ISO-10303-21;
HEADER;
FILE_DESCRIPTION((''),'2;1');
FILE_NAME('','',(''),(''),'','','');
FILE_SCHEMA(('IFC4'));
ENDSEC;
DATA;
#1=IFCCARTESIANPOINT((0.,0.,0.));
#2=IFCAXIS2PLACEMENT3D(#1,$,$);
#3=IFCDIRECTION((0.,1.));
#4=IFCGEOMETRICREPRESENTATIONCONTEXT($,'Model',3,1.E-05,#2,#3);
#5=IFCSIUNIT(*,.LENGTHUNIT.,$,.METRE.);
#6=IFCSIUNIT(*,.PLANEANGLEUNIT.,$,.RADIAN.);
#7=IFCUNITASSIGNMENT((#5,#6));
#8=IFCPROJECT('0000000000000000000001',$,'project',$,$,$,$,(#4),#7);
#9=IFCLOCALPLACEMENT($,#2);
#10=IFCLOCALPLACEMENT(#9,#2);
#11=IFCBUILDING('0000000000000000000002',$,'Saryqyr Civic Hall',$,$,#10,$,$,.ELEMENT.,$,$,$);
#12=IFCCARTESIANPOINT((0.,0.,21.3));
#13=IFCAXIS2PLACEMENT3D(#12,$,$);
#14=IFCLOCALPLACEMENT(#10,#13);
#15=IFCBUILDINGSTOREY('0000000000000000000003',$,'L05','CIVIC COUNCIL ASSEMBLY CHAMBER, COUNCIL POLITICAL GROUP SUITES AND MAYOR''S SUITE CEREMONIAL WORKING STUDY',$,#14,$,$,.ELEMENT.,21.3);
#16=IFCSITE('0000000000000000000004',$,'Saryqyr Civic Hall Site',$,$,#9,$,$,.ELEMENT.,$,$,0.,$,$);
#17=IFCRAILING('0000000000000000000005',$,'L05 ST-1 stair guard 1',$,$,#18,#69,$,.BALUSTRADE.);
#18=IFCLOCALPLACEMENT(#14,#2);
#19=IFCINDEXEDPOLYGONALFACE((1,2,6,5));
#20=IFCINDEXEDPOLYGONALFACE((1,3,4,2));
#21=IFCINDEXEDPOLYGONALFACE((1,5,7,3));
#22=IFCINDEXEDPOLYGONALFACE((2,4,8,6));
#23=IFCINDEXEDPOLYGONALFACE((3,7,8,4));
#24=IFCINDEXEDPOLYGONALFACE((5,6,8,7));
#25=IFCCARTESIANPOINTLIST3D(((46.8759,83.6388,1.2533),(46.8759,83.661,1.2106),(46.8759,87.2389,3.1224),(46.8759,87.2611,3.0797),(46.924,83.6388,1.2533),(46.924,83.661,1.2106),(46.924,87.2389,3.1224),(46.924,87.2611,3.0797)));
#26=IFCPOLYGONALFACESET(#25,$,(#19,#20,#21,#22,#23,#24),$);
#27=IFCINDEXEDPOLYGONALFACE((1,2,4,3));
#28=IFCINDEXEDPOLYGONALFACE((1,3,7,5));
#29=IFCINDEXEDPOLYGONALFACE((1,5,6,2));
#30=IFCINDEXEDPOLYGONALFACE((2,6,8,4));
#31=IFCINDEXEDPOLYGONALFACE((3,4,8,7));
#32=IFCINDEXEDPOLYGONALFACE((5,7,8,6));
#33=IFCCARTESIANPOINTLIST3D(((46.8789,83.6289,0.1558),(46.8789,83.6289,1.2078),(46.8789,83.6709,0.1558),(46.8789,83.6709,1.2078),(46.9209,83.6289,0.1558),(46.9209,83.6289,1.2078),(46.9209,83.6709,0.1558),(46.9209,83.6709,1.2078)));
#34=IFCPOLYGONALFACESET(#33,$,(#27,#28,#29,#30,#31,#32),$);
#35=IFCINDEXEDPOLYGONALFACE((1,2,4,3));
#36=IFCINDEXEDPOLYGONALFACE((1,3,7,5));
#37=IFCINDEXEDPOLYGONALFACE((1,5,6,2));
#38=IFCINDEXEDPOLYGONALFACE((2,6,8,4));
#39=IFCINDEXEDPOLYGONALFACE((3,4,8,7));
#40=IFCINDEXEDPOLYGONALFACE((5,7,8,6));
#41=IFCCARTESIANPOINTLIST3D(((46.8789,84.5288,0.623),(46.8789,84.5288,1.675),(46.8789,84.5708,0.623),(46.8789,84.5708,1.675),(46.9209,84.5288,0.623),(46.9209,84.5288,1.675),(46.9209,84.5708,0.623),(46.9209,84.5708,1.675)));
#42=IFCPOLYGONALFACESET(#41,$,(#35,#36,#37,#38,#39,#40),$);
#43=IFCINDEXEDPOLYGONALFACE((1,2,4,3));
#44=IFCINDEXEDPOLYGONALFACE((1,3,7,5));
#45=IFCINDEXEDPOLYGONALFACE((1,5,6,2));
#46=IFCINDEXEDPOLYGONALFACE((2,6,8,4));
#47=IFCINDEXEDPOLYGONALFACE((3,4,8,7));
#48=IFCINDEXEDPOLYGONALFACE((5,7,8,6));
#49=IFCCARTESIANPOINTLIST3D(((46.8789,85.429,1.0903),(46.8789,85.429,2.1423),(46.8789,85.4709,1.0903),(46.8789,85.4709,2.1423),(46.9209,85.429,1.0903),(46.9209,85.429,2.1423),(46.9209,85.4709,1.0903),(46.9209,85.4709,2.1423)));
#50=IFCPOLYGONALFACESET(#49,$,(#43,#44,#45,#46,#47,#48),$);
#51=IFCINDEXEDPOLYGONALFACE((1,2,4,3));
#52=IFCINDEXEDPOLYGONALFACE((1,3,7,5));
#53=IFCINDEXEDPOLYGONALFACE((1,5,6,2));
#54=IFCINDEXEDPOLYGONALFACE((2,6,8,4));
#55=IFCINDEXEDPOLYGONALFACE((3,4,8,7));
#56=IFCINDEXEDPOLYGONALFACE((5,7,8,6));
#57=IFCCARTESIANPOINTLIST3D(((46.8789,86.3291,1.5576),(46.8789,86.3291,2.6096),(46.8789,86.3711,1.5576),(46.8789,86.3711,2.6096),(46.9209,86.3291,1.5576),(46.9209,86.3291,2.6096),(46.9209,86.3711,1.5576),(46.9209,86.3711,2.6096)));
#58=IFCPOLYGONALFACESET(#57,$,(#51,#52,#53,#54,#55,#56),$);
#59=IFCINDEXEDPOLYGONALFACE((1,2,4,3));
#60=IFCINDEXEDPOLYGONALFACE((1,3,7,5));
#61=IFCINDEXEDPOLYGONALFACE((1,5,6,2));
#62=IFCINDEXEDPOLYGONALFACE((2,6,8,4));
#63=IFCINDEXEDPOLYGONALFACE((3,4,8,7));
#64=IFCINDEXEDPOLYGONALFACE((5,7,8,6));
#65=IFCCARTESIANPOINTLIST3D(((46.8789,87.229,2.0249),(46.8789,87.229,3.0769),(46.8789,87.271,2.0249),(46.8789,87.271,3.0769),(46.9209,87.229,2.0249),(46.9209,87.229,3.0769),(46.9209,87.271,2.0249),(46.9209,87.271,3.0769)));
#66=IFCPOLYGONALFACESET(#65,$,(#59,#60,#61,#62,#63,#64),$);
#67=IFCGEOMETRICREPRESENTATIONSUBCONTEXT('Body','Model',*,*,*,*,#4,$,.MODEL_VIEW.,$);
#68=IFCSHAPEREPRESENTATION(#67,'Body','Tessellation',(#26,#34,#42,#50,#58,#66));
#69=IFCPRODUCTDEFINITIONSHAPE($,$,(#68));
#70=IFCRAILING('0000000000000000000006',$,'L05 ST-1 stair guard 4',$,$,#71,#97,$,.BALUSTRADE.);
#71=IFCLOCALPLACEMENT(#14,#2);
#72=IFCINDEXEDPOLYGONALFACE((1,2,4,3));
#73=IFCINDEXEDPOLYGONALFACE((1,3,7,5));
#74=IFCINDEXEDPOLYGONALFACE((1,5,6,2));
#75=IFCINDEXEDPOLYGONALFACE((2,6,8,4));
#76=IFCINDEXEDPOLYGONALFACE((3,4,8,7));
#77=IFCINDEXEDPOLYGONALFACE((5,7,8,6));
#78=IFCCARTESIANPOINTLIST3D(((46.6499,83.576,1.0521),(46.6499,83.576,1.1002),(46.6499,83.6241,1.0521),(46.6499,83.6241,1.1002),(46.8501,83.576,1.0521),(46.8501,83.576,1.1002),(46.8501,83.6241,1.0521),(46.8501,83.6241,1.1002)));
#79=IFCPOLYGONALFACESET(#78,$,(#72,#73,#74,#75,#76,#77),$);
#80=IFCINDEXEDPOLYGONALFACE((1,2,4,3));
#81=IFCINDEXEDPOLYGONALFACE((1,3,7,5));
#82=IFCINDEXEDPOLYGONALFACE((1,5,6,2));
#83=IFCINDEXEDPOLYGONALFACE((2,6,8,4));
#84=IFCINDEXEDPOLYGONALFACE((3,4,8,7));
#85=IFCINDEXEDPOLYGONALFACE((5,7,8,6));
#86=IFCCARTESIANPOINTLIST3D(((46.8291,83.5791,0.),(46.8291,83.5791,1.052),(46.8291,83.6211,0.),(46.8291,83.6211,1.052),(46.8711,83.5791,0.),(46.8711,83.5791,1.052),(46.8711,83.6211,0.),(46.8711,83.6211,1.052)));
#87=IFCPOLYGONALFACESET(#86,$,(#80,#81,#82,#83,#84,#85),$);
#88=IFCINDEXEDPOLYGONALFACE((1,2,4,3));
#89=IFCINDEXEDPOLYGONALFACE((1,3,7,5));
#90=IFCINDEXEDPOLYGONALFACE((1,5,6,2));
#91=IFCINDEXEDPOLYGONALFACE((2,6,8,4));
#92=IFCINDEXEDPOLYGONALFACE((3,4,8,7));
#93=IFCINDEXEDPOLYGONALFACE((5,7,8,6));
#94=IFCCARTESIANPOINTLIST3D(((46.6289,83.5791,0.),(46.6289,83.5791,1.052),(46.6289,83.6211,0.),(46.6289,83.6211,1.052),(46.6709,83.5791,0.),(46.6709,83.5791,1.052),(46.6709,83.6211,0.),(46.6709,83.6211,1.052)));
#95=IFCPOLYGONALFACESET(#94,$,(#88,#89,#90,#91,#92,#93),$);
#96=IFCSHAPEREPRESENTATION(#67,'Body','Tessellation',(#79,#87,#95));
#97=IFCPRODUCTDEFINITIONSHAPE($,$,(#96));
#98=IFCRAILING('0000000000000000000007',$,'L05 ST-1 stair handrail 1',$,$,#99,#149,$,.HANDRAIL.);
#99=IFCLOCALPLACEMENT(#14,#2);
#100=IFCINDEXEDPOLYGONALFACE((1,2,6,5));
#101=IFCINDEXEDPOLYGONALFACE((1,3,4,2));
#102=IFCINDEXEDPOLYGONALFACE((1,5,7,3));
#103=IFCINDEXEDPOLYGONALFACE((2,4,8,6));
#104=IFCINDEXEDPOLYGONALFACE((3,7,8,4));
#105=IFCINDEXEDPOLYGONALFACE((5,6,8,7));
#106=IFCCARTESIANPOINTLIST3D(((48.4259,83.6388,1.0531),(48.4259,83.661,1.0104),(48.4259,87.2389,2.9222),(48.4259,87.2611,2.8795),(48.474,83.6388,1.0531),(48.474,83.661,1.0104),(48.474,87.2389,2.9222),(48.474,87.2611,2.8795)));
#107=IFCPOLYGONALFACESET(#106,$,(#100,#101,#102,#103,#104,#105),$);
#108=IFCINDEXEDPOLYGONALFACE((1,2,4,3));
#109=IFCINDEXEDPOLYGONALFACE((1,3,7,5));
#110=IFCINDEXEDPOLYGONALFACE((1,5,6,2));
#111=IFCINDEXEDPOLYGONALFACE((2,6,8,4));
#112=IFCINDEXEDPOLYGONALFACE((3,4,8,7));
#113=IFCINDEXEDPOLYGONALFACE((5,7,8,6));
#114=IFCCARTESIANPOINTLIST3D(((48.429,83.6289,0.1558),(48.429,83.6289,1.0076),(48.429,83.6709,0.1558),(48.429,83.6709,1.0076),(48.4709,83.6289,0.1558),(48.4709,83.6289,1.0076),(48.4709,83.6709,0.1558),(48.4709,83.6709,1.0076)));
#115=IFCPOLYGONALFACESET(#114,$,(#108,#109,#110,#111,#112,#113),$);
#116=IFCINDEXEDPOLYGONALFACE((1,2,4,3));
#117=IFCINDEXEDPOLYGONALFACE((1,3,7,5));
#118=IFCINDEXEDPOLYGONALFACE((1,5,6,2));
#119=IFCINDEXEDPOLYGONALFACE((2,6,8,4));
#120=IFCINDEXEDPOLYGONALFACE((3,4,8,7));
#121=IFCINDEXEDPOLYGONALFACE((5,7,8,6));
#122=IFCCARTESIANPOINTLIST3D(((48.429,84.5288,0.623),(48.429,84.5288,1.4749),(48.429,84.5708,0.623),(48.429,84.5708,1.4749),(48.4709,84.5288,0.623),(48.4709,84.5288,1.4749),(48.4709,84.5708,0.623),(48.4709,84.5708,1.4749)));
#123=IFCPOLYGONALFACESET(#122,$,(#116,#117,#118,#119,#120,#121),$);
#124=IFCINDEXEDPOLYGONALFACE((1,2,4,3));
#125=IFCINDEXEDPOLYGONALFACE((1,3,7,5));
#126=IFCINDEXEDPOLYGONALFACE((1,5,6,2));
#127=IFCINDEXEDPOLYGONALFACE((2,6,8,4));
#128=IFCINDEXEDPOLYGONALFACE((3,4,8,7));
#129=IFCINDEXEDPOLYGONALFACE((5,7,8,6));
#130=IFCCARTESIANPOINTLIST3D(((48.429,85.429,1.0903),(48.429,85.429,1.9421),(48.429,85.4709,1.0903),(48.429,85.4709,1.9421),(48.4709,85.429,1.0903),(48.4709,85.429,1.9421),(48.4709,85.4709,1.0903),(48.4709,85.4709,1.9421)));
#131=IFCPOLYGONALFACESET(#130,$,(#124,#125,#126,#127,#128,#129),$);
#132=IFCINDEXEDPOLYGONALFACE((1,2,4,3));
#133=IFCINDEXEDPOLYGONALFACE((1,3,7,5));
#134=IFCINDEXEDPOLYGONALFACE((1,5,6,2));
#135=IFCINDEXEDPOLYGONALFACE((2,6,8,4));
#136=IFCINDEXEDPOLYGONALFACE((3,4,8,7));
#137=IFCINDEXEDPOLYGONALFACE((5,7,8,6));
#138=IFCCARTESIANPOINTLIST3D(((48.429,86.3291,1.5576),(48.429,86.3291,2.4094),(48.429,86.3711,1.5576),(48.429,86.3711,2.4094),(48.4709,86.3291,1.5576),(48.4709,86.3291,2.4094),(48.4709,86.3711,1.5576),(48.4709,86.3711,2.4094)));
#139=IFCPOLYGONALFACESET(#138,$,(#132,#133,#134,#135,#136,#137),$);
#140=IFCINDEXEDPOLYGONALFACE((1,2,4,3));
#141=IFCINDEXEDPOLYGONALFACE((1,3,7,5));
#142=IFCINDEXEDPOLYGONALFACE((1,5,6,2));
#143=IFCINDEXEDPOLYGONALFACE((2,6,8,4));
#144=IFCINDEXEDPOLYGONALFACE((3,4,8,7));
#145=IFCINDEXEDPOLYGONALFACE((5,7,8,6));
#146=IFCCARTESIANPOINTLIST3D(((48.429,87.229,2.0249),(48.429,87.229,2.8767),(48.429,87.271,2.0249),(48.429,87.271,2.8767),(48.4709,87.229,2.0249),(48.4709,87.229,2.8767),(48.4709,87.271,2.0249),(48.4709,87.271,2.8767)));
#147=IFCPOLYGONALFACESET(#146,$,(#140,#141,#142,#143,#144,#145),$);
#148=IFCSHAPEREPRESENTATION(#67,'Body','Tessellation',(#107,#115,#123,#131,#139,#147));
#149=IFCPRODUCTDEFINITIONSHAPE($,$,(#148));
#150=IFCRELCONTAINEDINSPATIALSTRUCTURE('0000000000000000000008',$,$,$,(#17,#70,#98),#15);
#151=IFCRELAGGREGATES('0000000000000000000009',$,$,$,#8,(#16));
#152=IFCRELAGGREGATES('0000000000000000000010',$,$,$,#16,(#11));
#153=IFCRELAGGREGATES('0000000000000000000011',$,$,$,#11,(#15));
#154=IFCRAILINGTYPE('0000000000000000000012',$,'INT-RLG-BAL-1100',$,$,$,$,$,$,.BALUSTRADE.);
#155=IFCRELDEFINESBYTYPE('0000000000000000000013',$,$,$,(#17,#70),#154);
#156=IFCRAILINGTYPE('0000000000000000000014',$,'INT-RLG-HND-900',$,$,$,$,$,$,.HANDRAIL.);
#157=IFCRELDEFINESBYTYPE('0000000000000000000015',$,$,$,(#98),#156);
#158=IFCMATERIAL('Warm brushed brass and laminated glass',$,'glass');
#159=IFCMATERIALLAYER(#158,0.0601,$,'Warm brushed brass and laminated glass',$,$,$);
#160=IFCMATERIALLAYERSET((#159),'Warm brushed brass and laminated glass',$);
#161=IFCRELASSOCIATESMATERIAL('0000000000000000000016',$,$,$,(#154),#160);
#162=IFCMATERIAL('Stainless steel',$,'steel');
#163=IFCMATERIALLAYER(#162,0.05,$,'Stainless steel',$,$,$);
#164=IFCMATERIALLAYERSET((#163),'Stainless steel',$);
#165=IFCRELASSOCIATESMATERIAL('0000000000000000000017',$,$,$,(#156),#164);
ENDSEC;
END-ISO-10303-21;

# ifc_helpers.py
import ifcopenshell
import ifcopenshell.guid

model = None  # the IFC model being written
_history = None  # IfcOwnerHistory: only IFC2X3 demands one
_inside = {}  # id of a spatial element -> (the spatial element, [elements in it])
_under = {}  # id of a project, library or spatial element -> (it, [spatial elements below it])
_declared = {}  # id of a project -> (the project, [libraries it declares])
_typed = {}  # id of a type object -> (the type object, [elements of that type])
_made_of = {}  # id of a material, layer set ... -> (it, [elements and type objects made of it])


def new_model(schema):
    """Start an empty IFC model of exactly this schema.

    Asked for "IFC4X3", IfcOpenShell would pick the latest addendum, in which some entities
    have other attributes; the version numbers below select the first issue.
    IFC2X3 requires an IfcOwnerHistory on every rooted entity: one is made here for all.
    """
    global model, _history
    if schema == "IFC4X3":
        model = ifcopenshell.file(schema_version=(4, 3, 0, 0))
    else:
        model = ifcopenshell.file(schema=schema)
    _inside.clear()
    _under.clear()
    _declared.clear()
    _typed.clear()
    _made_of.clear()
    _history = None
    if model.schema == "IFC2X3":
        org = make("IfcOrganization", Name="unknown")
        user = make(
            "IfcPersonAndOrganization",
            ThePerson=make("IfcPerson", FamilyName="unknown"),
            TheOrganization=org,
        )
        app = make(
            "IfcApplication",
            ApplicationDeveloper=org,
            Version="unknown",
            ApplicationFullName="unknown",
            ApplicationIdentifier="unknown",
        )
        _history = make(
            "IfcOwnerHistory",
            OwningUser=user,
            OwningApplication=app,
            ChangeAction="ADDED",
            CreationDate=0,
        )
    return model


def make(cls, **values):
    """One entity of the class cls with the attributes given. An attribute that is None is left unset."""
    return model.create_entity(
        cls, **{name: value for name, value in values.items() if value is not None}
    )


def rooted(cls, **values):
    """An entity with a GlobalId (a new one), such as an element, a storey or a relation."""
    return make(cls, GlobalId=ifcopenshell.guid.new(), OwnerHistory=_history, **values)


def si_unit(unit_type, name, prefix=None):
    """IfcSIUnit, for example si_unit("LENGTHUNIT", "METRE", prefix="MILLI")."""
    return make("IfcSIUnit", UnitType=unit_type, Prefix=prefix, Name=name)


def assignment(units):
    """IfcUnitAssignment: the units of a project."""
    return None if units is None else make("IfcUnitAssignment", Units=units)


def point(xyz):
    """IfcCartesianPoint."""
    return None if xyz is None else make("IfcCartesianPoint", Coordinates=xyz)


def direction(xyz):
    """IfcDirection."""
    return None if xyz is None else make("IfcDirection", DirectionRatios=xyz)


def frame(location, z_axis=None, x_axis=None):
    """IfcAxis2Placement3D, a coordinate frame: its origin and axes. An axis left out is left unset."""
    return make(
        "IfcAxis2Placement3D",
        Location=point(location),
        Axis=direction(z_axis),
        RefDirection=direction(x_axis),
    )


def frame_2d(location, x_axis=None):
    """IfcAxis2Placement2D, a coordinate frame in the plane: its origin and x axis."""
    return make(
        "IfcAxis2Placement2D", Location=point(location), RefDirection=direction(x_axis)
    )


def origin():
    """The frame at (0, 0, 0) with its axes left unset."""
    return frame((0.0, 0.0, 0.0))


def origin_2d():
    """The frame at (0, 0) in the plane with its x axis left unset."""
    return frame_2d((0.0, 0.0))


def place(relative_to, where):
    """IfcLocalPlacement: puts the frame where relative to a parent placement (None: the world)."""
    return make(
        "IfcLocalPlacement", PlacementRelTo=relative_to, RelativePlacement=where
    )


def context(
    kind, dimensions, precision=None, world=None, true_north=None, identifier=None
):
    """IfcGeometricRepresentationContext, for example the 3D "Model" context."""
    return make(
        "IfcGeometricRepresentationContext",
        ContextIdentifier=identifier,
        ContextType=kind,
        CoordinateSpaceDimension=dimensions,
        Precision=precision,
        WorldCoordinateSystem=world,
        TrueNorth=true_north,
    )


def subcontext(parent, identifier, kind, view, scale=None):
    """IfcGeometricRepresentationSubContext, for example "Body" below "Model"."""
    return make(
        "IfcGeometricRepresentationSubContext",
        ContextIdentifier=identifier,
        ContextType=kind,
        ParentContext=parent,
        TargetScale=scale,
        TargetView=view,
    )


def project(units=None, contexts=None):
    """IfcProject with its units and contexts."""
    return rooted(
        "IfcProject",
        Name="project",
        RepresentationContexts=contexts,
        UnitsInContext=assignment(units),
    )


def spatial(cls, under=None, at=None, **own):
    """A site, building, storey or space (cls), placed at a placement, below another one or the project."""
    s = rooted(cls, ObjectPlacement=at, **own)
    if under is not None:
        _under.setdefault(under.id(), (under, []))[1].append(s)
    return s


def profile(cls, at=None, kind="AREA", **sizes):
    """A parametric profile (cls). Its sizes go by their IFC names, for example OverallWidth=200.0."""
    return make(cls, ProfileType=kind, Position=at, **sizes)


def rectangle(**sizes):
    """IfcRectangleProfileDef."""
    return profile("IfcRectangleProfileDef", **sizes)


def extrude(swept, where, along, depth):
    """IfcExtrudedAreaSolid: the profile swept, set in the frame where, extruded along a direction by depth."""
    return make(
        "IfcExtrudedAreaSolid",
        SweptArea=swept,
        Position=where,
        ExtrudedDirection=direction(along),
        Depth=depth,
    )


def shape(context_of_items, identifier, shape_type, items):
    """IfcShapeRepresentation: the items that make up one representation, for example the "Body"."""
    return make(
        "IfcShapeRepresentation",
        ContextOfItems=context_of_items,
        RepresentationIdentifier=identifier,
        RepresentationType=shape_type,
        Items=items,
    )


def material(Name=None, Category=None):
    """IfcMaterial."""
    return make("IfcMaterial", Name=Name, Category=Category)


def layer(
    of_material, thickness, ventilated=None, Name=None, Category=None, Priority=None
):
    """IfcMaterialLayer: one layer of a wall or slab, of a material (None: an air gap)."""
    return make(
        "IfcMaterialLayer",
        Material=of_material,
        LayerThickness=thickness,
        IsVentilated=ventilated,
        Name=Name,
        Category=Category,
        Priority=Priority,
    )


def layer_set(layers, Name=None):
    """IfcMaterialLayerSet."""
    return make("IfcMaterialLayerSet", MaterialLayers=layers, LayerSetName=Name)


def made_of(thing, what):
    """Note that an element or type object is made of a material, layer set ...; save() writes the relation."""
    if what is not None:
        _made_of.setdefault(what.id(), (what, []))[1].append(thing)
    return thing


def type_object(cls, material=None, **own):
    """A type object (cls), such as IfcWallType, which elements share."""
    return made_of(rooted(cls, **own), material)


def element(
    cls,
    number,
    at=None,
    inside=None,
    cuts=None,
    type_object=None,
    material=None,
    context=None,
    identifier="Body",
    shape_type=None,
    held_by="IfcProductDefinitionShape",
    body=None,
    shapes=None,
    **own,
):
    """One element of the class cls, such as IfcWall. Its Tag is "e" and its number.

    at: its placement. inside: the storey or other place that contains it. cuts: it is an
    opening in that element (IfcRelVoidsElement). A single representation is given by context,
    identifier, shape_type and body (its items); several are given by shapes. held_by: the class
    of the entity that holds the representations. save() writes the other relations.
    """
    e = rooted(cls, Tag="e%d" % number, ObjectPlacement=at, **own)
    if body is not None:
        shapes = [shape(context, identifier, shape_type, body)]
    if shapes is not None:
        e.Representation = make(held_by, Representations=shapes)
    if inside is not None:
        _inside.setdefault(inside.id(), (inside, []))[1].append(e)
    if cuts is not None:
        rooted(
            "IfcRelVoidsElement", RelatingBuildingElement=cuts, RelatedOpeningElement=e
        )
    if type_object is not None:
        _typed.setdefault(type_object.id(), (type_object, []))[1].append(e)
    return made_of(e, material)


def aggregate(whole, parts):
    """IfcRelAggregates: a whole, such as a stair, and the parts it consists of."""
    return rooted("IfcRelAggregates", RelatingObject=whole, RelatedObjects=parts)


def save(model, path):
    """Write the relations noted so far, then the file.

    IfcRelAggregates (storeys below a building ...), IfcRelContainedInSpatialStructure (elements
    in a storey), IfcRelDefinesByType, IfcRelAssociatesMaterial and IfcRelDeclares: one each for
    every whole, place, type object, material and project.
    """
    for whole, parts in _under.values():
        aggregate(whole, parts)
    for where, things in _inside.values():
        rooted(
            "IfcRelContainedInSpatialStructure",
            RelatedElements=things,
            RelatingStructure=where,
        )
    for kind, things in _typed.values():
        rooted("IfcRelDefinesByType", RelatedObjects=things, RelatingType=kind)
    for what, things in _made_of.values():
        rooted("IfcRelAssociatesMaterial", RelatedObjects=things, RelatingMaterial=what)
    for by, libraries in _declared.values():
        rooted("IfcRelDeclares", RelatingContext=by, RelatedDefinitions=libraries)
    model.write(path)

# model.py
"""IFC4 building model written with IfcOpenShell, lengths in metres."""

from ifc_helpers import new_model, si_unit, direction, frame, origin, origin_2d, place, context, subcontext, project, spatial, rectangle, extrude, material, layer, layer_set, type_object, element, save


model = new_model("IFC4")

# Units and contexts
model_context = context("Model", 3, precision=1e-05, world=origin(), true_north=direction((0.0, 1.0)))
body_context = subcontext(model_context, "Body", "Model", "MODEL_VIEW")
ifc_project = project(units=[si_unit("LENGTHUNIT", "METRE"), si_unit("PLANEANGLEUNIT", "RADIAN")], contexts=[model_context])

# Site, building, storey
site_placement = place(None, origin())
site = spatial("IfcSite", under=ifc_project, at=site_placement, Name="Saryqyr Civic Hall Site", CompositionType="ELEMENT", RefElevation=0.0)
building_placement = place(site_placement, origin())
building = spatial("IfcBuilding", under=site, at=building_placement, Name="Saryqyr Civic Hall", CompositionType="ELEMENT")
storey_placement = place(building_placement, frame((0.0, 0.0, 21.3)))
storey = spatial("IfcBuildingStorey", under=building, at=storey_placement, Name="L05", Description="CIVIC COUNCIL ASSEMBLY CHAMBER, COUNCIL POLITICAL GROUP SUITES AND MAYOR'S SUITE CEREMONIAL WORKING STUDY", CompositionType="ELEMENT", Elevation=21.3)

# Railings
ifc_material_1 = material(Name="Warm brushed brass and laminated glass", Category="glass")
ifc_layer_1 = layer(ifc_material_1, 0.0601, Name="Warm brushed brass and laminated glass")
ifc_layer_set_1 = layer_set([ifc_layer_1], Name="Warm brushed brass and laminated glass")
railing_type_1 = type_object("IfcRailingType", Name="INT-RLG-BAL-1100", PredefinedType="BALUSTRADE", material=ifc_layer_set_1)
railing_1_placement = place(storey_placement, frame((46.8999, 83.6499, 0.1558)))
element("IfcRailing", 1, at=railing_1_placement, inside=storey, type_object=railing_type_1, Name="L05 ST-1 stair guard 1", PredefinedType="BALUSTRADE", context=body_context, shape_type="SweptSolid", body=[
    extrude(rectangle(XDim=0.0481, YDim=0.0481, at=origin_2d()), frame((0.0, 0.0, 1.0762), z_axis=(0.0, 0.88751, 0.460788), x_axis=(-1.0, 0.0, 0.0)), (0.0, 0.0, 1.0), 4.0564),
    extrude(rectangle(XDim=0.042, YDim=0.042, at=origin_2d()), origin(), (0.0, 0.0, 1.0), 1.052),
    extrude(rectangle(XDim=0.042, YDim=0.042, at=origin_2d()), frame((0.0, 0.8999, 0.4673)), (0.0, 0.0, 1.0), 1.052),
    extrude(rectangle(XDim=0.042, YDim=0.042, at=origin_2d()), frame((0.0, 1.8, 0.9346)), (0.0, 0.0, 1.0), 1.052),
    extrude(rectangle(XDim=0.042, YDim=0.042, at=origin_2d()), frame((0.0, 2.7002, 1.4019)), (0.0, 0.0, 1.0), 1.052),
    extrude(rectangle(XDim=0.042, YDim=0.042, at=origin_2d()), frame((0.0, 3.6001, 1.8691)), (0.0, 0.0, 1.0), 1.052),
])
railing_2_placement = place(storey_placement, frame((46.8501, 83.6001, 0.0)))
element("IfcRailing", 2, at=railing_2_placement, inside=storey, type_object=railing_type_1, Name="L05 ST-1 stair guard 4", PredefinedType="BALUSTRADE", context=body_context, shape_type="SweptSolid", body=[
    extrude(rectangle(XDim=0.0481, YDim=0.0481, at=origin_2d()), frame((0.0, 0.0, 1.0762), z_axis=(-1.0, 0.0, 0.0), x_axis=(0.0, -1.0, 0.0)), (0.0, 0.0, 1.0), 0.2002),
    extrude(rectangle(XDim=0.042, YDim=0.042, at=origin_2d()), origin(), (0.0, 0.0, 1.0), 1.052),
    extrude(rectangle(XDim=0.042, YDim=0.042, at=origin_2d()), frame((-0.2002, 0.0, 0.0)), (0.0, 0.0, 1.0), 1.052),
])
ifc_material_2 = material(Name="Stainless steel", Category="steel")
ifc_layer_2 = layer(ifc_material_2, 0.05, Name="Stainless steel")
ifc_layer_set_2 = layer_set([ifc_layer_2], Name="Stainless steel")
railing_type_2 = type_object("IfcRailingType", Name="INT-RLG-HND-900", PredefinedType="HANDRAIL", material=ifc_layer_set_2)
railing_3_placement = place(storey_placement, frame((48.45, 83.6499, 0.1558)))
element("IfcRailing", 3, at=railing_3_placement, inside=storey, type_object=railing_type_2, Name="L05 ST-1 stair handrail 1", PredefinedType="HANDRAIL", context=body_context, shape_type="SweptSolid", body=[
    extrude(rectangle(XDim=0.0481, YDim=0.0481, at=origin_2d()), frame((0.0, 0.0, 0.876), z_axis=(0.0, 0.88751, 0.460788), x_axis=(-1.0, 0.0, 0.0)), (0.0, 0.0, 1.0), 4.0564),
    extrude(rectangle(XDim=0.042, YDim=0.042, at=origin_2d()), origin(), (0.0, 0.0, 1.0), 0.8518),
    extrude(rectangle(XDim=0.042, YDim=0.042, at=origin_2d()), frame((0.0, 0.8999, 0.4673)), (0.0, 0.0, 1.0), 0.8518),
    extrude(rectangle(XDim=0.042, YDim=0.042, at=origin_2d()), frame((0.0, 1.8, 0.9346)), (0.0, 0.0, 1.0), 0.8518),
    extrude(rectangle(XDim=0.042, YDim=0.042, at=origin_2d()), frame((0.0, 2.7002, 1.4019)), (0.0, 0.0, 1.0), 0.8518),
    extrude(rectangle(XDim=0.042, YDim=0.042, at=origin_2d()), frame((0.0, 3.6001, 1.8691)), (0.0, 0.0, 1.0), 0.8518),
])

save(model, "model.ifc")
